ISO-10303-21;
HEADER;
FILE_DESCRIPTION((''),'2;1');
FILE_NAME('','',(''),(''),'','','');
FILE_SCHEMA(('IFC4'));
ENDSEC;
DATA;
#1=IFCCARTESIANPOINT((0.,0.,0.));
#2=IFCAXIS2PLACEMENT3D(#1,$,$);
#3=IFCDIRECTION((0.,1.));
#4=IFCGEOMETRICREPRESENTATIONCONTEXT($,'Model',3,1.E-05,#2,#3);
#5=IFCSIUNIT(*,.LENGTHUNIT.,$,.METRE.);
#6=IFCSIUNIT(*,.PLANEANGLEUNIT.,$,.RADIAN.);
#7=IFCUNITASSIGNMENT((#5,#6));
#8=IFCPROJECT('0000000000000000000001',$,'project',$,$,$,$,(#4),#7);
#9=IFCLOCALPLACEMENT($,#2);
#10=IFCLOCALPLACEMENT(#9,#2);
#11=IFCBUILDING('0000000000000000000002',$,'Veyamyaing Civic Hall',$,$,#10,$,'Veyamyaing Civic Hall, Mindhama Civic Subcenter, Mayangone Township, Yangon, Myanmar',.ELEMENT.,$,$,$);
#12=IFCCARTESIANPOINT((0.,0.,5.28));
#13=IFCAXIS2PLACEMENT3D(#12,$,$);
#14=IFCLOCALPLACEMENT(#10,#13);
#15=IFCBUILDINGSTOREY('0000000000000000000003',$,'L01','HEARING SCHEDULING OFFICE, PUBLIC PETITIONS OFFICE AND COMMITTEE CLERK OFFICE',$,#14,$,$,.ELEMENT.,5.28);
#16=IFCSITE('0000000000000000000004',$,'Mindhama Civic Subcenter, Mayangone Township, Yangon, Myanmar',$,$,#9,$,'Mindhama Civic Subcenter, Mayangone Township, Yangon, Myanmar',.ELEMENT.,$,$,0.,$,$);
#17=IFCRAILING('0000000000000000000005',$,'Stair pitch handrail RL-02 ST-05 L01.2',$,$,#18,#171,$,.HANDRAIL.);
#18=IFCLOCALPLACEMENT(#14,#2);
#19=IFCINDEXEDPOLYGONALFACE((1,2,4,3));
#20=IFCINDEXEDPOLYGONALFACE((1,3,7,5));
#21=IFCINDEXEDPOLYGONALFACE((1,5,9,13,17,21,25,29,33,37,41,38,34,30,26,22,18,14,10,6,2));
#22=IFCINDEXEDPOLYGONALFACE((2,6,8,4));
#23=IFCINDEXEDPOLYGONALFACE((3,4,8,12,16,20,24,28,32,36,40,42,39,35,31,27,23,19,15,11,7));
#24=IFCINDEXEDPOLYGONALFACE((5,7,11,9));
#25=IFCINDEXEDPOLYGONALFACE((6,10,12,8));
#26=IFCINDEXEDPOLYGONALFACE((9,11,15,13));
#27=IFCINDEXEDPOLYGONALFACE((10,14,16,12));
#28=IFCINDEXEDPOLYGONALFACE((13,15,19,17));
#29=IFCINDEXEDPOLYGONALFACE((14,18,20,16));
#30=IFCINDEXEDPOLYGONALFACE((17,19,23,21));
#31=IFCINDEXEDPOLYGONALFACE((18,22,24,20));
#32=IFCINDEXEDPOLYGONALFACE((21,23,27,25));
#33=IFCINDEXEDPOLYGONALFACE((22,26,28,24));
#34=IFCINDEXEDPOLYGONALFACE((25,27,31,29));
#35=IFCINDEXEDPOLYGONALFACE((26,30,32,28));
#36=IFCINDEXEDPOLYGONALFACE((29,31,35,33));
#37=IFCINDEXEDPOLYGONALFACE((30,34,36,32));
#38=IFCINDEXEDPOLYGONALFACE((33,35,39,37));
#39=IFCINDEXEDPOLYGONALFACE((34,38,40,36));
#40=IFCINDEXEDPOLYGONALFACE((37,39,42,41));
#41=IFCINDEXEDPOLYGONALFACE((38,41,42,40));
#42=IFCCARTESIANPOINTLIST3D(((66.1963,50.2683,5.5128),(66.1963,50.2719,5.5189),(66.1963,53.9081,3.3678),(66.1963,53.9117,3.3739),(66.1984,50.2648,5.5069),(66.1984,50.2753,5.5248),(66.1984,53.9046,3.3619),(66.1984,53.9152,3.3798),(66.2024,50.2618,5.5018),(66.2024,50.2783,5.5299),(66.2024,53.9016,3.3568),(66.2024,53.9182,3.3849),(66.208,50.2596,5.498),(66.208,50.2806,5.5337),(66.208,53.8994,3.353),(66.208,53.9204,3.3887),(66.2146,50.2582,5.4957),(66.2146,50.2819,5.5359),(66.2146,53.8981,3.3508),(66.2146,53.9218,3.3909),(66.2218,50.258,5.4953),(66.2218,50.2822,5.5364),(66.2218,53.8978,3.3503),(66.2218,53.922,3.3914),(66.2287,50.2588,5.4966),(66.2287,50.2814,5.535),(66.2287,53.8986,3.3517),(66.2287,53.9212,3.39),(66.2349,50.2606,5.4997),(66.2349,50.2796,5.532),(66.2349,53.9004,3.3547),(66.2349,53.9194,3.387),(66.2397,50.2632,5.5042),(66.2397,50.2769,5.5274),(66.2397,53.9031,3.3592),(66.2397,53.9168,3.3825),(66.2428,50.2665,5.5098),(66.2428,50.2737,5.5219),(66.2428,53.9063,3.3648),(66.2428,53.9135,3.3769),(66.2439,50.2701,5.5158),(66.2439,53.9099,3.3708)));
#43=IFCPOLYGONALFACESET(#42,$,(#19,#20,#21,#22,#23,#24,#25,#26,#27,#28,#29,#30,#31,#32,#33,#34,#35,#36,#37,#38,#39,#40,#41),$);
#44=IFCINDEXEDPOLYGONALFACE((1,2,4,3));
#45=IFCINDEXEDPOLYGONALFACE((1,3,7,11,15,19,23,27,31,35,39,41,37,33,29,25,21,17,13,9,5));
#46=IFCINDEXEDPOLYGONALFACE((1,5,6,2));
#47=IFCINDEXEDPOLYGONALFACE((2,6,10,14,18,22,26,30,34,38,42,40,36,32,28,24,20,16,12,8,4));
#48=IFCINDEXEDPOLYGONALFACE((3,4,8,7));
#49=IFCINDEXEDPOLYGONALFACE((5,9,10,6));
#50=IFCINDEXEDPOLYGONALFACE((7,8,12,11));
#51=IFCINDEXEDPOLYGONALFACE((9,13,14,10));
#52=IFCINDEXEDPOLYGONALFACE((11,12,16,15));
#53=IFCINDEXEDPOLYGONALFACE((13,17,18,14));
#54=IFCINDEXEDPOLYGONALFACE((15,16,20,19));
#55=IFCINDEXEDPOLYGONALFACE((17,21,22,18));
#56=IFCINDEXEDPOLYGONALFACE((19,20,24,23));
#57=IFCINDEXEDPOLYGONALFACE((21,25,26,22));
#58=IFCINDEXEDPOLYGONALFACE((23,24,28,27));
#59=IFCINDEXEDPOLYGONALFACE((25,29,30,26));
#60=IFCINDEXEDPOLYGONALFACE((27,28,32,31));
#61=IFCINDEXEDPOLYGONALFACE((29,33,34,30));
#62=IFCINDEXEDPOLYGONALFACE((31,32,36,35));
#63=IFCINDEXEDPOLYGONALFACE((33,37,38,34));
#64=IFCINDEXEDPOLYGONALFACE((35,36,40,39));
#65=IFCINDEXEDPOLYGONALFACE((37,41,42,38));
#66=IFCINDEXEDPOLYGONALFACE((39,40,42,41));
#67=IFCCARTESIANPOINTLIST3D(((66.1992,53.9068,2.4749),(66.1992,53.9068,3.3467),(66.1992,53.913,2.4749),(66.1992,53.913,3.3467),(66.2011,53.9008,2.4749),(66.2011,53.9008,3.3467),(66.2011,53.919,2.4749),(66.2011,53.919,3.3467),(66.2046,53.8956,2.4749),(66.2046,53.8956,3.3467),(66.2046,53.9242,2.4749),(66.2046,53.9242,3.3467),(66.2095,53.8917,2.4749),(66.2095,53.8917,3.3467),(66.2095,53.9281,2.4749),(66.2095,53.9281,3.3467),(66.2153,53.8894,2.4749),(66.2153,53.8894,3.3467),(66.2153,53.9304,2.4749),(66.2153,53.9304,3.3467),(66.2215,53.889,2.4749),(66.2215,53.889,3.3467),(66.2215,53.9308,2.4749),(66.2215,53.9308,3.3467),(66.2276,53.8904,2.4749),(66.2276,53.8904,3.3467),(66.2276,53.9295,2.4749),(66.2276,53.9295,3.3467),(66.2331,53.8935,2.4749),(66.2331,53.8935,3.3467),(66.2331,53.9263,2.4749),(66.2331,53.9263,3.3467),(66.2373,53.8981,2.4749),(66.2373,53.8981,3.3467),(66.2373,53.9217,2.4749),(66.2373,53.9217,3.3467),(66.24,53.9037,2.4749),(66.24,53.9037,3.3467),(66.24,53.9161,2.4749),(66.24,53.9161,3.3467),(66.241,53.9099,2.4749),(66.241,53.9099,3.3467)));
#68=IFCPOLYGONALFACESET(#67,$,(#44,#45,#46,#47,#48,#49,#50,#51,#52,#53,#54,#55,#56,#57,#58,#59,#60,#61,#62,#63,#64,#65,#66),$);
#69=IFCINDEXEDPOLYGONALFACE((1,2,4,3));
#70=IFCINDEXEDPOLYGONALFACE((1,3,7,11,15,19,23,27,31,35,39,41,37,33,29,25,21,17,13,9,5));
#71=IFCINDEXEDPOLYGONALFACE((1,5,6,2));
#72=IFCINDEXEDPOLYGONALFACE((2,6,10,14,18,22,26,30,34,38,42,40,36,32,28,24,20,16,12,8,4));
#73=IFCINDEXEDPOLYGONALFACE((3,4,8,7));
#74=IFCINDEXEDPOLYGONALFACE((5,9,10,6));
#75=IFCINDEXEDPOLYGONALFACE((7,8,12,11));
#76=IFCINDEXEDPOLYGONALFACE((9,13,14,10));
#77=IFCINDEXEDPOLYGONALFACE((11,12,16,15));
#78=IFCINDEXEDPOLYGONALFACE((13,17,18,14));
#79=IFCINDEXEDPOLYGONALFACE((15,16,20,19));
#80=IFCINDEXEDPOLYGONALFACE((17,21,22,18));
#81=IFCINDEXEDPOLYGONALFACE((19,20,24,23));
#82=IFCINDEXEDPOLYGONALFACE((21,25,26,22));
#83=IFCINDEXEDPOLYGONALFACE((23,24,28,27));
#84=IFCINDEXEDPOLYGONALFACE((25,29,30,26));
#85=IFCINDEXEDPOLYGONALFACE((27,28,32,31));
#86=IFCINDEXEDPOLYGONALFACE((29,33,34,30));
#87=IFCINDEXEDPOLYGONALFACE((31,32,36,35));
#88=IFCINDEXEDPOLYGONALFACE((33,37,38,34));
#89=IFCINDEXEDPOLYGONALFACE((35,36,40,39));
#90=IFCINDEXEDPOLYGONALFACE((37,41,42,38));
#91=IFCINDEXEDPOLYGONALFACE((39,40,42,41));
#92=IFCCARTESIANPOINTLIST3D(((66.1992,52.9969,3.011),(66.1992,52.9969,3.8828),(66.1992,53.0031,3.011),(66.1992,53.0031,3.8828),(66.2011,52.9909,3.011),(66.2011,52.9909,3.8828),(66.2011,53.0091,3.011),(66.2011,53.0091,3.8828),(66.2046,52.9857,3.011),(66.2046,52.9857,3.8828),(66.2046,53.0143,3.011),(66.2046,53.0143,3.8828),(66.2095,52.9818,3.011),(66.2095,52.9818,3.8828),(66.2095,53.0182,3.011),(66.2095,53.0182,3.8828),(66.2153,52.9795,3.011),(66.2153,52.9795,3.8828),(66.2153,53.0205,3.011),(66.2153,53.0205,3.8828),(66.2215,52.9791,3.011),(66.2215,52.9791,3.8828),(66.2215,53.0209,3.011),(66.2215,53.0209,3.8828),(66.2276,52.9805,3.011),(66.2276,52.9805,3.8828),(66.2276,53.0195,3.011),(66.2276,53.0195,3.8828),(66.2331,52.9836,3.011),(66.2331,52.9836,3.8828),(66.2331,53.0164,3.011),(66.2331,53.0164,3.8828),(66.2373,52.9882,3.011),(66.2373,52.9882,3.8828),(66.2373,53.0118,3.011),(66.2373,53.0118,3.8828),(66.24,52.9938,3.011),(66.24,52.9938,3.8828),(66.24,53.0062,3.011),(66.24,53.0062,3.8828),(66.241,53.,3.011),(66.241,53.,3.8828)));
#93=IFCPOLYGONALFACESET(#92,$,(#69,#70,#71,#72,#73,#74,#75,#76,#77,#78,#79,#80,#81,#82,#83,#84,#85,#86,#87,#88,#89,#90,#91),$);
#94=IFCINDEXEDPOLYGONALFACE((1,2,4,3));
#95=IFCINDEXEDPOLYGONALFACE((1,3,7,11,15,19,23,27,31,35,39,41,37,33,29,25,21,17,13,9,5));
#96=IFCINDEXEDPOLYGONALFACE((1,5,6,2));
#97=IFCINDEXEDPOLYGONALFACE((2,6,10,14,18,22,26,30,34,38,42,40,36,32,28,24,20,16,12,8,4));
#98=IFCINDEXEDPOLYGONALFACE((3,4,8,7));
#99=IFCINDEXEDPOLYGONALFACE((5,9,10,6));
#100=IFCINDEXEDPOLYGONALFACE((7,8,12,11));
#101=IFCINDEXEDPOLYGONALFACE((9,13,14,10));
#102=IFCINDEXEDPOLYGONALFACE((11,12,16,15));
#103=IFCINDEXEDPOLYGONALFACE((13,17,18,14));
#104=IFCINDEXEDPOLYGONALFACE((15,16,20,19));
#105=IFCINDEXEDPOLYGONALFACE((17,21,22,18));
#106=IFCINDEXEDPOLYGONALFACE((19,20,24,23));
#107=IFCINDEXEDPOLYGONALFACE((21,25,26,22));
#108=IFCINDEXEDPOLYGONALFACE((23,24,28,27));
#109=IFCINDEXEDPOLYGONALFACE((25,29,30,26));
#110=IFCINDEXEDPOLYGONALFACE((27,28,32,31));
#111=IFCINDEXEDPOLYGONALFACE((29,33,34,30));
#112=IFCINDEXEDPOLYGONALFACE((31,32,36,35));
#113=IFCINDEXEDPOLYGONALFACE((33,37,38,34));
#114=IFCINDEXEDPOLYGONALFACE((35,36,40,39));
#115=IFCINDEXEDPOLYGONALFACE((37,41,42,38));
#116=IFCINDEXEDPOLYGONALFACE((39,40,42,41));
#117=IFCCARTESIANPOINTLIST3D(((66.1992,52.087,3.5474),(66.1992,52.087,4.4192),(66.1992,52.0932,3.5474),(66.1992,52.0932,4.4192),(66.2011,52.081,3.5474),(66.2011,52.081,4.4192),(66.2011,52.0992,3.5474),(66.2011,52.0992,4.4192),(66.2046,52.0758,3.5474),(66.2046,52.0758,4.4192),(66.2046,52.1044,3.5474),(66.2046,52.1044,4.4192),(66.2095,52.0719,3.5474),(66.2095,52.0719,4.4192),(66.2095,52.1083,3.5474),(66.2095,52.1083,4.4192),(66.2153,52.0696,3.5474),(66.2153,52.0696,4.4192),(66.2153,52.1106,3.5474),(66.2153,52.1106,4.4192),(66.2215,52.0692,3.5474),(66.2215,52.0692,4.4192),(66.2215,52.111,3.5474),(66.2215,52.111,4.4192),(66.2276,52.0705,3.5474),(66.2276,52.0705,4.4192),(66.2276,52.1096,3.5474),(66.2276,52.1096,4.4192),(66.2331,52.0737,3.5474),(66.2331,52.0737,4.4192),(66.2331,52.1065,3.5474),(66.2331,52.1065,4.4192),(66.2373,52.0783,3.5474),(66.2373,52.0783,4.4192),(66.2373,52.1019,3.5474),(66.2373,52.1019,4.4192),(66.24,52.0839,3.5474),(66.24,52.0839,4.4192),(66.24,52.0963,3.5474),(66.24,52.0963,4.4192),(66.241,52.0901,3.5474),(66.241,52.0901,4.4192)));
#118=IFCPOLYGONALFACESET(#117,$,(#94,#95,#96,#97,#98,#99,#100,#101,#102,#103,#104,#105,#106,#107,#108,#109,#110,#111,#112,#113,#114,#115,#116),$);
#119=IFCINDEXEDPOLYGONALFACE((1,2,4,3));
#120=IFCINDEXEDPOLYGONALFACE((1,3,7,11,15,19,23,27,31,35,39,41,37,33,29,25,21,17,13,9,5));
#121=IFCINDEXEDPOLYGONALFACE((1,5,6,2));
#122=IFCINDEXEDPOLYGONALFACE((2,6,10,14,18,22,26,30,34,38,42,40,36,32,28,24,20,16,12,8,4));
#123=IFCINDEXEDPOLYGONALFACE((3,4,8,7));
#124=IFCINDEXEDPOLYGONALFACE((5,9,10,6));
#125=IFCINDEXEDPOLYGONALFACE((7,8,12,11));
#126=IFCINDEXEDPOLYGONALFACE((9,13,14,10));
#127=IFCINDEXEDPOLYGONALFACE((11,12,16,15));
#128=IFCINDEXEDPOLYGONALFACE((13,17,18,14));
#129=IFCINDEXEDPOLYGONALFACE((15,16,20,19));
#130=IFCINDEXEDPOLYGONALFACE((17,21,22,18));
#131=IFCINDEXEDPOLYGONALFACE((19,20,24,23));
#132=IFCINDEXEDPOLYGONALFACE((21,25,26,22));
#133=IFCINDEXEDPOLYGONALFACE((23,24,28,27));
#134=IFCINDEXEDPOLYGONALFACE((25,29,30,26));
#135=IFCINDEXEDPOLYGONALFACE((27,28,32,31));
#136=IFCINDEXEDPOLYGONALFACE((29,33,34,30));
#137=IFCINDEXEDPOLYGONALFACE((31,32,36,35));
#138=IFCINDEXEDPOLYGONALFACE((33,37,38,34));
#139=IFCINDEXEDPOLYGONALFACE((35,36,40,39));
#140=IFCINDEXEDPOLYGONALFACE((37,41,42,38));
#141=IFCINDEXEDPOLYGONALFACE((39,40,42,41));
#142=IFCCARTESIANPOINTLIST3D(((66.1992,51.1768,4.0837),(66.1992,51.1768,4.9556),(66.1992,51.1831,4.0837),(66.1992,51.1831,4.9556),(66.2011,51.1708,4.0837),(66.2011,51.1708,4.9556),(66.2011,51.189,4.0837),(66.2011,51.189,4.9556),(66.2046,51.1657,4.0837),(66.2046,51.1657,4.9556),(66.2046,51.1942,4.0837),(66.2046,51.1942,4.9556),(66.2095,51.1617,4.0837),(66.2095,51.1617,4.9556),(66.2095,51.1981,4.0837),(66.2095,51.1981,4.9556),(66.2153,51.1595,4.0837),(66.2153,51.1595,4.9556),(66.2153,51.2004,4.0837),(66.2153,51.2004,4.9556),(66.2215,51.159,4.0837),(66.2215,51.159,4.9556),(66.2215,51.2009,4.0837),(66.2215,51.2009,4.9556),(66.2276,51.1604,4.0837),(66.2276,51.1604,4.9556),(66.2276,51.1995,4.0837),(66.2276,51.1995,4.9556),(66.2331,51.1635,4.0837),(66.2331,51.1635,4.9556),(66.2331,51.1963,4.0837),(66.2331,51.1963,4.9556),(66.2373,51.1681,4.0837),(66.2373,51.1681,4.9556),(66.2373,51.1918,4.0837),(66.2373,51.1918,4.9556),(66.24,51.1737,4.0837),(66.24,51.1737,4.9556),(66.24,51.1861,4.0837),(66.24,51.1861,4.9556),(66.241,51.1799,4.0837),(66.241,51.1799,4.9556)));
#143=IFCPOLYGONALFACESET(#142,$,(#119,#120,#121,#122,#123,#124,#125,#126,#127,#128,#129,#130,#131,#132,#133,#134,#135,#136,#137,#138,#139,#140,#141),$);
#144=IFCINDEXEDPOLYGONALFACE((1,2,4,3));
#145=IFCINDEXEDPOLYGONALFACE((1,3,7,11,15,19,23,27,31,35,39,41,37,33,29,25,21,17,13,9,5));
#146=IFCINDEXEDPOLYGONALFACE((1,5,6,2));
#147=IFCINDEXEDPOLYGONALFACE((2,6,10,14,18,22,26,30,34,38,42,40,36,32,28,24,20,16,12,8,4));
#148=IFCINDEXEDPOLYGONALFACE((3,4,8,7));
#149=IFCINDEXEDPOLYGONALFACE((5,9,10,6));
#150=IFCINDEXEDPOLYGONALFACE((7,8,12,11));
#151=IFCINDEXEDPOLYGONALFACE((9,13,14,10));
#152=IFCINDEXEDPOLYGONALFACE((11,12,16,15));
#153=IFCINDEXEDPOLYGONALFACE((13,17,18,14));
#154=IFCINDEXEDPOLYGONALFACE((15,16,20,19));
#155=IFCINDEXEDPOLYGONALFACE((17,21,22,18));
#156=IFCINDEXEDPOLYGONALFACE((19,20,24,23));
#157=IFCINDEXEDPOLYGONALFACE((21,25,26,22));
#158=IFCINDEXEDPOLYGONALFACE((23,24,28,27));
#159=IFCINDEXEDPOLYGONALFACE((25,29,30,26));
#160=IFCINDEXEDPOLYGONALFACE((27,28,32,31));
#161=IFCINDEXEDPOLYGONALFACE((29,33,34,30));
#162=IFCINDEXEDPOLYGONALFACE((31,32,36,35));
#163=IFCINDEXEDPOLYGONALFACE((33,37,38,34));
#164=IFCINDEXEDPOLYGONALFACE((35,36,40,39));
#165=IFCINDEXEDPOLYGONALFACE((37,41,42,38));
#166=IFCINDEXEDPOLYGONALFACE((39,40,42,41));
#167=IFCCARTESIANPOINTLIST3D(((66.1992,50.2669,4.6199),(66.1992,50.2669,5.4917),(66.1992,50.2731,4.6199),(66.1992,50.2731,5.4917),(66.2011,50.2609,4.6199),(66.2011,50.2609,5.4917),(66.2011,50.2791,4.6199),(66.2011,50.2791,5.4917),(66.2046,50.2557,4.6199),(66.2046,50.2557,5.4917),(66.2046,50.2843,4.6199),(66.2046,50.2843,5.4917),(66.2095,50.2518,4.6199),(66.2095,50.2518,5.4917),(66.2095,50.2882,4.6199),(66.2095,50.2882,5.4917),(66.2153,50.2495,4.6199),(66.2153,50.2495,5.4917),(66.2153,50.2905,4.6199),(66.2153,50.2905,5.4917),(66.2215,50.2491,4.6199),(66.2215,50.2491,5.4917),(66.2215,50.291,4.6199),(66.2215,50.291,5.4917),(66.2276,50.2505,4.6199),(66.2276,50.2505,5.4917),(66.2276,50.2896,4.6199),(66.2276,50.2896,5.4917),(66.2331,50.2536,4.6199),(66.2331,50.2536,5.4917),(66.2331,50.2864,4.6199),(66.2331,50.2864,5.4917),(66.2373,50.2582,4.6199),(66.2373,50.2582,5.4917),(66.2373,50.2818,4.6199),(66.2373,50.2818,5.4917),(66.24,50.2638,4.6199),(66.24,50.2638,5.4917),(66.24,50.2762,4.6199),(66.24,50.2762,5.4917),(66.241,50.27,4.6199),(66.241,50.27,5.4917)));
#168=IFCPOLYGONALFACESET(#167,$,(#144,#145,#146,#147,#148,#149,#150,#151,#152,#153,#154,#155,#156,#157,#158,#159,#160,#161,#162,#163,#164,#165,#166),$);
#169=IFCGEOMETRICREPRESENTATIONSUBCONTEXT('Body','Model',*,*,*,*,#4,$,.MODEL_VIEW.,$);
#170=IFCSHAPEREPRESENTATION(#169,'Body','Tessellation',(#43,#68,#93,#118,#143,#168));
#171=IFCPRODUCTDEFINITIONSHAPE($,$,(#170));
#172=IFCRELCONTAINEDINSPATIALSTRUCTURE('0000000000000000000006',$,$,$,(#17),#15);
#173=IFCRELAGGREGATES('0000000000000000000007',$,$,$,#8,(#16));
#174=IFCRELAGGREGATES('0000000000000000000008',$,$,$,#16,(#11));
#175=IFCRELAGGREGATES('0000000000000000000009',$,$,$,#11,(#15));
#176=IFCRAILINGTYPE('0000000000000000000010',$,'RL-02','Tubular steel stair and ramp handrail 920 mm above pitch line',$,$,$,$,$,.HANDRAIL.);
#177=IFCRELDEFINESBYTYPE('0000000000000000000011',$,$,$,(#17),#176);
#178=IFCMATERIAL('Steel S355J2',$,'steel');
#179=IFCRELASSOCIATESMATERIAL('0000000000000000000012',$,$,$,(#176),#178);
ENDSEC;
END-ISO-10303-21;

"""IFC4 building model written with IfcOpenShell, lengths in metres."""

from ifc_helpers import new_model, si_unit, direction, frame, origin, origin_2d, place, context, subcontext, project, spatial, circle, extrude, material, type_object, element, save


model = new_model("IFC4")

# Units and contexts
model_context = context("Model", 3, precision=1e-05, world=origin(), true_north=direction((0.0, 1.0)))
body_context = subcontext(model_context, "Body", "Model", "MODEL_VIEW")
ifc_project = project(units=[si_unit("LENGTHUNIT", "METRE"), si_unit("PLANEANGLEUNIT", "RADIAN")], contexts=[model_context])

# Site, building, storey
site_placement = place(None, origin())
site = spatial("IfcSite", under=ifc_project, at=site_placement, Name="Mindhama Civic Subcenter, Mayangone Township, Yangon, Myanmar", LongName="Mindhama Civic Subcenter, Mayangone Township, Yangon, Myanmar", CompositionType="ELEMENT", RefElevation=0.0)
building_placement = place(site_placement, origin())
building = spatial("IfcBuilding", under=site, at=building_placement, Name="Veyamyaing Civic Hall", LongName="Veyamyaing Civic Hall, Mindhama Civic Subcenter, Mayangone Township, Yangon, Myanmar", CompositionType="ELEMENT")
storey_placement = place(building_placement, frame((0.0, 0.0, 5.28)))
storey = spatial("IfcBuildingStorey", under=building, at=storey_placement, Name="L01", Description="HEARING SCHEDULING OFFICE, PUBLIC PETITIONS OFFICE AND COMMITTEE CLERK OFFICE", CompositionType="ELEMENT", Elevation=5.28)

# Railing
ifc_material_1 = material(Name="Steel S355J2", Category="steel")
railing_type_1 = type_object("IfcRailingType", Name="RL-02", Description="Tubular steel stair and ramp handrail 920 mm above pitch line", PredefinedType="HANDRAIL", material=ifc_material_1)
railing_1_placement = place(storey_placement, frame((66.22, 53.9099, 2.4749)))
element("IfcRailing", 1, at=railing_1_placement, inside=storey, type_object=railing_type_1, Name="Stair pitch handrail RL-02 ST-05 L01.2", PredefinedType="HANDRAIL", context=body_context, shape_type="SweptSolid", body=[
    extrude(circle(Radius=0.0239, at=origin_2d()), frame((0.0, 0.0, 0.896), z_axis=(0.0, -0.86153, 0.507707), x_axis=(1.0, 0.0, 0.0)), (0.0, 0.0, 1.0), 4.2249),
    extrude(circle(Radius=0.021, at=origin_2d()), origin(), (0.0, 0.0, 1.0), 0.8718),
    extrude(circle(Radius=0.021, at=origin_2d()), frame((0.0, -0.9099, 0.5361)), (0.0, 0.0, 1.0), 0.8718),
    extrude(circle(Radius=0.021, at=origin_2d()), frame((0.0, -1.8198, 1.0725)), (0.0, 0.0, 1.0), 0.8718),
    extrude(circle(Radius=0.021, at=origin_2d()), frame((0.0, -2.73, 1.6089)), (0.0, 0.0, 1.0), 0.8718),
    extrude(circle(Radius=0.021, at=origin_2d()), frame((0.0, -3.6399, 2.145)), (0.0, 0.0, 1.0), 0.8718),
])

save(model, "model.ifc")
